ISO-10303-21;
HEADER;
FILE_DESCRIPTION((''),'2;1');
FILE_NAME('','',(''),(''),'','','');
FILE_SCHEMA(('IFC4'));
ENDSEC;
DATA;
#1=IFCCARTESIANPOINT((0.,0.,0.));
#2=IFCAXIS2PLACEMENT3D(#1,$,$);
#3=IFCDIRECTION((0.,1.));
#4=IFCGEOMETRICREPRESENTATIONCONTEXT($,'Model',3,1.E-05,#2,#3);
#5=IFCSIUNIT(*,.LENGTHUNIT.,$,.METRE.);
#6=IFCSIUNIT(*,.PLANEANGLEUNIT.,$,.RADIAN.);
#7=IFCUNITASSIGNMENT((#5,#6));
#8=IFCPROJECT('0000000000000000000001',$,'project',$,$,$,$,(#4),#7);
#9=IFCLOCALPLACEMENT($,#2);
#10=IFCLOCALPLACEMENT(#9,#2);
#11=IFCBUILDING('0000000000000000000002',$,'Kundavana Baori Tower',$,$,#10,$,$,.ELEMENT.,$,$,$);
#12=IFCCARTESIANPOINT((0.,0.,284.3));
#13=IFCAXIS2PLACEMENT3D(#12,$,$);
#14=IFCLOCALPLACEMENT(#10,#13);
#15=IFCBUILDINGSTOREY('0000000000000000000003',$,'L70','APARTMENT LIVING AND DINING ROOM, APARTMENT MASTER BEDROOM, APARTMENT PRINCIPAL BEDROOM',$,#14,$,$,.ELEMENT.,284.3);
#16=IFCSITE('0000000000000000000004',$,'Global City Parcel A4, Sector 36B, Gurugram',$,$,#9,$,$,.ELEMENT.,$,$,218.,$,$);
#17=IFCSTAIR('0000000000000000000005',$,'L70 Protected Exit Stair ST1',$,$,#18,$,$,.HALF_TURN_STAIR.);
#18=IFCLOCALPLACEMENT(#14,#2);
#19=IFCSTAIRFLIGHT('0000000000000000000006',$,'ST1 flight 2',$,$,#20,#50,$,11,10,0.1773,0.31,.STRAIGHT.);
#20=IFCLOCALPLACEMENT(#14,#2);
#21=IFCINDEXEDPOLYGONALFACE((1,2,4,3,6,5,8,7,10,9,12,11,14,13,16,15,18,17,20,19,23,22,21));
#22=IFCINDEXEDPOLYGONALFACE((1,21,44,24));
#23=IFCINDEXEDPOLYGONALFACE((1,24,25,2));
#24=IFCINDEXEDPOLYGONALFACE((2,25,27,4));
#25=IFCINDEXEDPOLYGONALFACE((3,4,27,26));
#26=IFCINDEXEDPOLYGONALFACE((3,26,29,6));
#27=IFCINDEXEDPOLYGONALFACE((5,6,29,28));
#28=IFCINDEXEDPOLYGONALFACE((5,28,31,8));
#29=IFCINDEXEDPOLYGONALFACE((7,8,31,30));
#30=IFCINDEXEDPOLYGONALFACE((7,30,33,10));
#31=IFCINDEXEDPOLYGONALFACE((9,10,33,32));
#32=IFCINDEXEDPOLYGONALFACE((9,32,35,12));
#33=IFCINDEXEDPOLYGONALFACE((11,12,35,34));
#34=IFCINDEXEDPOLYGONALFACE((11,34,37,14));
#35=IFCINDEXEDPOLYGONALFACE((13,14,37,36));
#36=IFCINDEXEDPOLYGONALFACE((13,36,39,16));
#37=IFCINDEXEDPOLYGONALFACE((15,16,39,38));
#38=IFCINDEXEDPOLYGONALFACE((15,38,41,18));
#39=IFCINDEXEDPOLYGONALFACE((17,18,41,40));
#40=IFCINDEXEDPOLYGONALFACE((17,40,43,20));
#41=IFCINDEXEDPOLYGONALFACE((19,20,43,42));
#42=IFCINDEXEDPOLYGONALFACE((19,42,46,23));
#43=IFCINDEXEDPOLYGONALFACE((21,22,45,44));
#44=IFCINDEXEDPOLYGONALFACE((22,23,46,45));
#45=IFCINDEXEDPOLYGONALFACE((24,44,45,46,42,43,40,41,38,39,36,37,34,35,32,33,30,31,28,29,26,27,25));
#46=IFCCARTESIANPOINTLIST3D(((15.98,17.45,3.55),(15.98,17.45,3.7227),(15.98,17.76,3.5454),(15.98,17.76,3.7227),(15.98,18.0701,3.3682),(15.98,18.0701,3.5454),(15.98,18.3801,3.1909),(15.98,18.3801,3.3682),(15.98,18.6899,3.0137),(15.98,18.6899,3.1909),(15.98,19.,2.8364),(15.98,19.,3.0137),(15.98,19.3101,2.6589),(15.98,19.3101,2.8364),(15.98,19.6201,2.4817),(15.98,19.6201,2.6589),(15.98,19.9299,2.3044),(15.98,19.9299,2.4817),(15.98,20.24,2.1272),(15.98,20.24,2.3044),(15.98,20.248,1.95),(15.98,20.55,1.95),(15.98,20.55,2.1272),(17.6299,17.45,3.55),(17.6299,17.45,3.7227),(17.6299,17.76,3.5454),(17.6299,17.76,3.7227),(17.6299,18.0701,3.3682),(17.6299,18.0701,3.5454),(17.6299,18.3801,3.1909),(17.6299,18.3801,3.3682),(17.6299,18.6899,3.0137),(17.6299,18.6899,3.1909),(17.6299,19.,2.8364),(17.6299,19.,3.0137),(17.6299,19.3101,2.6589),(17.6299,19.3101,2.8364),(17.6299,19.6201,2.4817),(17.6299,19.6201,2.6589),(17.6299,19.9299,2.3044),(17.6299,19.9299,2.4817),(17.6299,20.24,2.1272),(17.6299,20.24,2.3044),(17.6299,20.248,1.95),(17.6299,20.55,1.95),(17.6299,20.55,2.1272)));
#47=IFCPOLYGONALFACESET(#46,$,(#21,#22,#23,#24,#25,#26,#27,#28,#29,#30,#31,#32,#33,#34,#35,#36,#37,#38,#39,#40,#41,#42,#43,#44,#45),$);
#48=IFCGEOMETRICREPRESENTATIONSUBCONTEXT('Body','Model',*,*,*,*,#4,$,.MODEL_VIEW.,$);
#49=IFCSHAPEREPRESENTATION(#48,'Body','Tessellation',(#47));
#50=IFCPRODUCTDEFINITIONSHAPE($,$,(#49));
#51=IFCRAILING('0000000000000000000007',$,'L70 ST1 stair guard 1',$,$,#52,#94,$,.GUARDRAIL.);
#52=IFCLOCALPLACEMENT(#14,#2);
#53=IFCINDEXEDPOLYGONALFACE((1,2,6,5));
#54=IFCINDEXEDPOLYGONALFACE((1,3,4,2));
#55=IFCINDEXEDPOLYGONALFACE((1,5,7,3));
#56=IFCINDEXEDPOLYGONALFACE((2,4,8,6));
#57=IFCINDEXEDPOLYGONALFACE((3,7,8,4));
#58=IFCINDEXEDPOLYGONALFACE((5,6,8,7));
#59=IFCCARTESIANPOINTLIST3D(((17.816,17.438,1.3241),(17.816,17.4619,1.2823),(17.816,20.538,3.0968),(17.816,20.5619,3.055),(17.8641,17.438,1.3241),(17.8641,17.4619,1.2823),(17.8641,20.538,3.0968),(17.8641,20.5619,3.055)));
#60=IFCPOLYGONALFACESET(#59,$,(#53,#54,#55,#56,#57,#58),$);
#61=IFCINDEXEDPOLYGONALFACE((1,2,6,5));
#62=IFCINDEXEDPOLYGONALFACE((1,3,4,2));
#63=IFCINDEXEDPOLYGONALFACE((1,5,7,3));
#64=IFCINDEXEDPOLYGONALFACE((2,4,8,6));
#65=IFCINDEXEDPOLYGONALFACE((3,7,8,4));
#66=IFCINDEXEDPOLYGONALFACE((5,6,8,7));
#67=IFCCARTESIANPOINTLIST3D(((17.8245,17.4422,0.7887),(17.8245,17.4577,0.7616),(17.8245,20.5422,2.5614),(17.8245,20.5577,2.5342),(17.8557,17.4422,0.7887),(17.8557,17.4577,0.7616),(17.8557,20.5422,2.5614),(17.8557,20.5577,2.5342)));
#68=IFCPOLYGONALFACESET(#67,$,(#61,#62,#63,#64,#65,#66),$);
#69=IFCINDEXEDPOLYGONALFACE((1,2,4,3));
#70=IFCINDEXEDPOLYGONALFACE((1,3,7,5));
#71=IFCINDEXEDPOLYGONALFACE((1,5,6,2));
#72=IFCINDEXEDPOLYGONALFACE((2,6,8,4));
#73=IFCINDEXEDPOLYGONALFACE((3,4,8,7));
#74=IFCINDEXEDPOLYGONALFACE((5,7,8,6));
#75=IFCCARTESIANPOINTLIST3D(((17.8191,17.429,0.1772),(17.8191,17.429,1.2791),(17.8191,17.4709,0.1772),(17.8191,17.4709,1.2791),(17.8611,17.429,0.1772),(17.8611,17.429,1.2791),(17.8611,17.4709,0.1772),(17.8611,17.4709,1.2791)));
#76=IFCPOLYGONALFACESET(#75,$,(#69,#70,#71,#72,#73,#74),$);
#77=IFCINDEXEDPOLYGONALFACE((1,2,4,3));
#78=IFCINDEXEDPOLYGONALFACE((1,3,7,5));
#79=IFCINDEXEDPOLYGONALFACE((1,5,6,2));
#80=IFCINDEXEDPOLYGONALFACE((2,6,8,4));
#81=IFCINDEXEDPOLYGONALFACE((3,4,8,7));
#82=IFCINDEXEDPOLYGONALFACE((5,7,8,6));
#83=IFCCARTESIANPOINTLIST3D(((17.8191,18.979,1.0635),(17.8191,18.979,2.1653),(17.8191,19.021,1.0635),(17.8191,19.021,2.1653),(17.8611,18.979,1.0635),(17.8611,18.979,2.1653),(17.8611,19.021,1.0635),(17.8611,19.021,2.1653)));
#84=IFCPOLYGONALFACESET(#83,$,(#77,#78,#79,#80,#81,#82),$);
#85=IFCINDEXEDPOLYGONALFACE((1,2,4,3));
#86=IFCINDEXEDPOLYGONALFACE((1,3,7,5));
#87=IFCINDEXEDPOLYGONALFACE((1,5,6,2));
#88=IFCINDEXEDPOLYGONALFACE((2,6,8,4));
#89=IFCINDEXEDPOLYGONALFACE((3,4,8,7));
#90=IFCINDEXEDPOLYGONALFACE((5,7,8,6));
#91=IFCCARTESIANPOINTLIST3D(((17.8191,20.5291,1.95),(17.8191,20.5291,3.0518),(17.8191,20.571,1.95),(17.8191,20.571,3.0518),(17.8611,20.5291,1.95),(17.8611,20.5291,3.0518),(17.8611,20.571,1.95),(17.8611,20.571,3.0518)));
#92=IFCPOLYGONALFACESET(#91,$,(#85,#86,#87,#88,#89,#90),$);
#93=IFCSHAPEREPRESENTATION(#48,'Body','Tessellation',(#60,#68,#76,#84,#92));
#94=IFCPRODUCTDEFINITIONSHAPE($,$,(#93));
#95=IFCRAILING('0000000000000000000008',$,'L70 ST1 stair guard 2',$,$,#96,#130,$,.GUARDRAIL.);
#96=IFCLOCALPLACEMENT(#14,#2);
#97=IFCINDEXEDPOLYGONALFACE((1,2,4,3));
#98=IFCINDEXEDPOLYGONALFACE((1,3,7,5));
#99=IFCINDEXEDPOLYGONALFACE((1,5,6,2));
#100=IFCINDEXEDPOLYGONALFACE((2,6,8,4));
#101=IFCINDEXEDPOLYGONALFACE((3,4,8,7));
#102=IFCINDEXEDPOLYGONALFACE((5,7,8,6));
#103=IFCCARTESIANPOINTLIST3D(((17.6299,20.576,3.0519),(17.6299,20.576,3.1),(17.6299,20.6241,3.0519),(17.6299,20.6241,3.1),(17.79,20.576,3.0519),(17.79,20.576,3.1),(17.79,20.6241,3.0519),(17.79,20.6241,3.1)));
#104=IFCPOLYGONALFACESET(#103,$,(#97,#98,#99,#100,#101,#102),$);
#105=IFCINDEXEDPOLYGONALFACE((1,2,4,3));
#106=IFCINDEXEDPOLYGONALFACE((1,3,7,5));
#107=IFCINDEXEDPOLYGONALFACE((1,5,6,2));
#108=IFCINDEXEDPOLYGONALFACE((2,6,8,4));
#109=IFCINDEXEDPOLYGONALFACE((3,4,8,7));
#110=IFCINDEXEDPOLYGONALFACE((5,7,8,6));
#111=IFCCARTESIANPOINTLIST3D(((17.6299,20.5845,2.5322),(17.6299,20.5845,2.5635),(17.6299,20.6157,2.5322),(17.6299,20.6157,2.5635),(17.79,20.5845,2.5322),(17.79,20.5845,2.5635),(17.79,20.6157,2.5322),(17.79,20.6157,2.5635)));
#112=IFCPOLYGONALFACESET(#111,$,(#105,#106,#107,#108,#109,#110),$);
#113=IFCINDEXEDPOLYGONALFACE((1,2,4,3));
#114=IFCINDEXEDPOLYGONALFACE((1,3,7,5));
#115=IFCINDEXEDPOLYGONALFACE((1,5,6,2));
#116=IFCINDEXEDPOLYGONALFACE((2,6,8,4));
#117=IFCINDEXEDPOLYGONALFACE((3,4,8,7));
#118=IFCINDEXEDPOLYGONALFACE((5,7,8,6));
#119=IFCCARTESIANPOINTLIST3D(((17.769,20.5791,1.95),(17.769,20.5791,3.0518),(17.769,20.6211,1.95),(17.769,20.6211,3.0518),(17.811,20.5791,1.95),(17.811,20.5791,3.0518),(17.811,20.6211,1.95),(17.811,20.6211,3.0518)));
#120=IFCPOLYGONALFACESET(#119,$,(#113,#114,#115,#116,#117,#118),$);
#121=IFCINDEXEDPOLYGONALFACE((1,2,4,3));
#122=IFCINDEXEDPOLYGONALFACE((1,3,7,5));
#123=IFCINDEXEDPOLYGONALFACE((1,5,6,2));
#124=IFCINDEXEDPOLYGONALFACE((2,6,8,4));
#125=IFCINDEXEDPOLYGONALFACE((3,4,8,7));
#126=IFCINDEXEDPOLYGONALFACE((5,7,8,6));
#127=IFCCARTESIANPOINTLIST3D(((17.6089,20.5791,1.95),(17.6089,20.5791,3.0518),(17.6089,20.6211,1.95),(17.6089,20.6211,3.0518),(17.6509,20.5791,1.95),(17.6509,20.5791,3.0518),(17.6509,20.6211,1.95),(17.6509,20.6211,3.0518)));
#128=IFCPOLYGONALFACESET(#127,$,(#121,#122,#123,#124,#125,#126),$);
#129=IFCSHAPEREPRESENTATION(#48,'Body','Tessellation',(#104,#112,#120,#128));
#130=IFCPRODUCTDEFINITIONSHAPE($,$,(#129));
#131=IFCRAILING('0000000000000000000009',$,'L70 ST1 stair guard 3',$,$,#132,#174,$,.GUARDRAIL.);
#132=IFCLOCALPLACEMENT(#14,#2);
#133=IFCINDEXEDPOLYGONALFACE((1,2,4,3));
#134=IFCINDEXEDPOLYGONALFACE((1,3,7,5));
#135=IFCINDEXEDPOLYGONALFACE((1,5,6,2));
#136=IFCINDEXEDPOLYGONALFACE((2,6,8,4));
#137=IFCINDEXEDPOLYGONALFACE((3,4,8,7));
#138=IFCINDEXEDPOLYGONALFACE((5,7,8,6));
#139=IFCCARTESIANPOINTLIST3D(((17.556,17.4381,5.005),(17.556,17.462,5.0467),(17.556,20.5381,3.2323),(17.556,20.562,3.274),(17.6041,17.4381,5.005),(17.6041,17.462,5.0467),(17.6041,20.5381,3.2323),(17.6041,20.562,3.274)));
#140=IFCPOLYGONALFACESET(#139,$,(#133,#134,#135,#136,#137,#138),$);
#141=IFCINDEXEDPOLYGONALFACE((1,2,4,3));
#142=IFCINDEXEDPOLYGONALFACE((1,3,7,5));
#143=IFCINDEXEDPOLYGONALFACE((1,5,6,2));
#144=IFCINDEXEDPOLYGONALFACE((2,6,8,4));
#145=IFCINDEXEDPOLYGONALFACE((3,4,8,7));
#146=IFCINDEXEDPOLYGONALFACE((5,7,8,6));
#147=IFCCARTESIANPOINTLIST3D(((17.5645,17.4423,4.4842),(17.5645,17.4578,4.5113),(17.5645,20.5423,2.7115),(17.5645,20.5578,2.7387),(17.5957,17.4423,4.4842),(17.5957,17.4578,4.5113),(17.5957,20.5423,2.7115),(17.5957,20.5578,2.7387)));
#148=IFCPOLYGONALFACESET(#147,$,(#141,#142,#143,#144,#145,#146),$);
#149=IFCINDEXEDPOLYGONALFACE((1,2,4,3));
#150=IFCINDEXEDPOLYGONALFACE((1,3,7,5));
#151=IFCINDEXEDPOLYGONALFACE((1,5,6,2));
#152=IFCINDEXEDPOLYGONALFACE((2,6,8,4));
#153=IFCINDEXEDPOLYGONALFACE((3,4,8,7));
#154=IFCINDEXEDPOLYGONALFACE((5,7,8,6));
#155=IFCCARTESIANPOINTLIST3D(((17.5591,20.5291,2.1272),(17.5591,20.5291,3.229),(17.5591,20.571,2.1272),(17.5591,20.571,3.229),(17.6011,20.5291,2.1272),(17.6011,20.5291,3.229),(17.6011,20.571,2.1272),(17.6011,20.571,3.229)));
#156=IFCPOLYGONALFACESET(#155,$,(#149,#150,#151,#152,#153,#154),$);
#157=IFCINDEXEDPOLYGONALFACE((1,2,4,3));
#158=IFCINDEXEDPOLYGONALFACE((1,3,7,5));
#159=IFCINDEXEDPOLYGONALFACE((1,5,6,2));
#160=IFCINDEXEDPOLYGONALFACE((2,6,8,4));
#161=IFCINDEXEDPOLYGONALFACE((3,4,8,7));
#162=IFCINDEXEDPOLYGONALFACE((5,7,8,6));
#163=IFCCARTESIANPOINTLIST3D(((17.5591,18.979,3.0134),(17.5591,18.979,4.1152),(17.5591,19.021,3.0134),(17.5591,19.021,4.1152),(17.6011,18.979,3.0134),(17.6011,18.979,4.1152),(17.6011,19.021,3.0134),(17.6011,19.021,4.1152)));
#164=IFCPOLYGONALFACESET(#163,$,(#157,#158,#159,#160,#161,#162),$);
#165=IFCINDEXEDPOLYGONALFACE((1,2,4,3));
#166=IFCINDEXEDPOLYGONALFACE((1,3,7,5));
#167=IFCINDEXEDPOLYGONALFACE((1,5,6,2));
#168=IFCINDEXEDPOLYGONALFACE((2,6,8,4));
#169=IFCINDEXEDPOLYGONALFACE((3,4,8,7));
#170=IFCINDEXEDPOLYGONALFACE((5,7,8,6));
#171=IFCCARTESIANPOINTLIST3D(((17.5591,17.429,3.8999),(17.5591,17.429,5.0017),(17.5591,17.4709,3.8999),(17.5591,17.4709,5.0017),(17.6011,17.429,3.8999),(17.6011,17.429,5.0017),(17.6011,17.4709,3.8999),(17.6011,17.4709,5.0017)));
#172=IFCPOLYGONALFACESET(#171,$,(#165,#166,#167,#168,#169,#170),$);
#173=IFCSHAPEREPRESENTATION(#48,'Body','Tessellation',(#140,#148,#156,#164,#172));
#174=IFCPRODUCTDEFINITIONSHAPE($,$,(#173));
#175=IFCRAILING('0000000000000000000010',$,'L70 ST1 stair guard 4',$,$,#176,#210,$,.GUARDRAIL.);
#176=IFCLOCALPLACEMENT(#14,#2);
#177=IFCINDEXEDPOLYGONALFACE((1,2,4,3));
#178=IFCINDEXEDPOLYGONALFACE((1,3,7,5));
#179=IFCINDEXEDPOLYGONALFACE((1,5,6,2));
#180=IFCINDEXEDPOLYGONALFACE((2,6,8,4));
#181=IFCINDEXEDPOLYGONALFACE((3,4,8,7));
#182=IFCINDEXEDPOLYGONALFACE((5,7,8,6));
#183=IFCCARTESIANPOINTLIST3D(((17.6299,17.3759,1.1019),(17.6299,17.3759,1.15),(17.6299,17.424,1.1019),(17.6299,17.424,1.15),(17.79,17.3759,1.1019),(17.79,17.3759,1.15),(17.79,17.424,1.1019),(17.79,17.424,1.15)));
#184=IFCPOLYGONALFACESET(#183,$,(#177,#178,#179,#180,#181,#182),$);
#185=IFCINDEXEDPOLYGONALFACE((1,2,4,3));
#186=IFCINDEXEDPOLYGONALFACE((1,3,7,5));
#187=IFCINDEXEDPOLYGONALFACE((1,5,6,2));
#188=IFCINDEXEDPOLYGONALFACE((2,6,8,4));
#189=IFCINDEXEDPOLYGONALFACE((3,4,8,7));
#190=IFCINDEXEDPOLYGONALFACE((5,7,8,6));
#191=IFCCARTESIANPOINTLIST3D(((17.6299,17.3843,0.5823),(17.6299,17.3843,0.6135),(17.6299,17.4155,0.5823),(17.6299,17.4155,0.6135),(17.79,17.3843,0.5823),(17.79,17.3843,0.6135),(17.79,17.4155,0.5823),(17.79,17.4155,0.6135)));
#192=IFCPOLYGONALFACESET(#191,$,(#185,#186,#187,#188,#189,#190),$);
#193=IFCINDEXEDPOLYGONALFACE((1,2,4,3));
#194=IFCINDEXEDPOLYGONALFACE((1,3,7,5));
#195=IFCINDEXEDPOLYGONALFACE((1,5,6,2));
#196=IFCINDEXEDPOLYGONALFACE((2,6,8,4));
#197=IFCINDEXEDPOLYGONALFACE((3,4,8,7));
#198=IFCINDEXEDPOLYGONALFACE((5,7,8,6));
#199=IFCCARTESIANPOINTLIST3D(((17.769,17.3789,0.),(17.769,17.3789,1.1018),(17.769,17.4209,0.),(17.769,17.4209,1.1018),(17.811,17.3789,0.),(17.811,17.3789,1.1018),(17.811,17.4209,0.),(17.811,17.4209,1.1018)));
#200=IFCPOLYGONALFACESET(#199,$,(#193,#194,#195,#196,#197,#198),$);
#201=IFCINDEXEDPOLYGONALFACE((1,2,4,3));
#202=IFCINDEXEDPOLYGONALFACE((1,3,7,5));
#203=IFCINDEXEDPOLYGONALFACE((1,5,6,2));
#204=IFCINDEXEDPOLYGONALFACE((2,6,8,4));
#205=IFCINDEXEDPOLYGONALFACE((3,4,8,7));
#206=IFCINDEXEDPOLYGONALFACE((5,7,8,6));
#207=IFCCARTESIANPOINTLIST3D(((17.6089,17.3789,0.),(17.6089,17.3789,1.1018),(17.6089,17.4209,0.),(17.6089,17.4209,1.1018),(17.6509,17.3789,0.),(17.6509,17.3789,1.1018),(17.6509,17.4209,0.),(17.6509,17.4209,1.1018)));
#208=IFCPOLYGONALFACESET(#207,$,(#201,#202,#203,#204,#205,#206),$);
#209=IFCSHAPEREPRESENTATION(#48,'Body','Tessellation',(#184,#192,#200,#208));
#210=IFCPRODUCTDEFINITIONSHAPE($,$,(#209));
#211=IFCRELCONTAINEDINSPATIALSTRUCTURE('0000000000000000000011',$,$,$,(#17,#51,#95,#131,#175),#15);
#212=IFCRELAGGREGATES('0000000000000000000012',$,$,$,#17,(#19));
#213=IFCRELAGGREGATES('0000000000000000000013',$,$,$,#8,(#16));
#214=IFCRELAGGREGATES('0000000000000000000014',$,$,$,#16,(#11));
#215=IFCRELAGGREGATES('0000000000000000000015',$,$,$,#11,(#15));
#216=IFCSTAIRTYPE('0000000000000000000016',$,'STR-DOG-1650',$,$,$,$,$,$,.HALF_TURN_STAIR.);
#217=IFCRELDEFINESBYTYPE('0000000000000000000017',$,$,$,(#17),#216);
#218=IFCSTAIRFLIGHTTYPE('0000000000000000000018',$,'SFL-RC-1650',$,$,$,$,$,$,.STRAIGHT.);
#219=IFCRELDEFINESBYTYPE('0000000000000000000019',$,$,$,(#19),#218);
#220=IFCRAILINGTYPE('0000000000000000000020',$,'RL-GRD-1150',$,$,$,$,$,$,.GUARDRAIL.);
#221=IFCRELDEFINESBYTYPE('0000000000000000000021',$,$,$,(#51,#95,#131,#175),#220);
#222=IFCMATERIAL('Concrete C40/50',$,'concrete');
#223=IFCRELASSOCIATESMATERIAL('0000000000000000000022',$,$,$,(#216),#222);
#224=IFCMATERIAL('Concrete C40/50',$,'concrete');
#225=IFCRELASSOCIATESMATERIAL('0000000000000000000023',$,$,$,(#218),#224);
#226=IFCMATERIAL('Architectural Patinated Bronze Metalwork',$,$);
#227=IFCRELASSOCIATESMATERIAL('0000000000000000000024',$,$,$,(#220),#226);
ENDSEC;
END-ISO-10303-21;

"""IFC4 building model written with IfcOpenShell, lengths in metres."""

from ifc_helpers import new_model, si_unit, direction, frame, origin, origin_2d, place, context, subcontext, project, spatial, polyline, rectangle, outline, extrude, material, type_object, element, aggregate, save


model = new_model("IFC4")

# Units and contexts
model_context = context("Model", 3, precision=1e-05, world=origin(), true_north=direction((0.0, 1.0)))
body_context = subcontext(model_context, "Body", "Model", "MODEL_VIEW")
ifc_project = project(units=[si_unit("LENGTHUNIT", "METRE"), si_unit("PLANEANGLEUNIT", "RADIAN")], contexts=[model_context])

# Site, building, storey
site_placement = place(None, origin())
site = spatial("IfcSite", under=ifc_project, at=site_placement, Name="Global City Parcel A4, Sector 36B, Gurugram", CompositionType="ELEMENT", RefElevation=218.0)
building_placement = place(site_placement, origin())
building = spatial("IfcBuilding", under=site, at=building_placement, Name="Kundavana Baori Tower", CompositionType="ELEMENT")
storey_placement = place(building_placement, frame((0.0, 0.0, 284.3)))
storey = spatial("IfcBuildingStorey", under=building, at=storey_placement, Name="L70", Description="APARTMENT LIVING AND DINING ROOM, APARTMENT MASTER BEDROOM, APARTMENT PRINCIPAL BEDROOM", CompositionType="ELEMENT", Elevation=284.3)

# Stair, stair flight
ifc_material_1 = material(Name="Concrete C40/50", Category="concrete")
stair_type = type_object("IfcStairType", Name="STR-DOG-1650", PredefinedType="HALF_TURN_STAIR", material=ifc_material_1)
stair_placement = place(storey_placement, origin())
stair = element("IfcStair", 1, at=stair_placement, inside=storey, type_object=stair_type, Name="L70 Protected Exit Stair ST1", PredefinedType="HALF_TURN_STAIR")
ifc_material_2 = material(Name="Concrete C40/50", Category="concrete")
stair_flight_type = type_object("IfcStairFlightType", Name="SFL-RC-1650", PredefinedType="STRAIGHT", material=ifc_material_2)
stair_flight_1_placement = place(storey_placement, frame((16.8049, 20.55, 1.95), z_axis=(0.0, 0.0, 1.0), x_axis=(0.0, -1.0, 0.0)))
stair_flight_1 = element("IfcStairFlight", 2, at=stair_flight_1_placement, type_object=stair_flight_type, Name="ST1 flight 2", NumberOfRisers=11, NumberOfTreads=10, PredefinedType="STRAIGHT", RiserHeight=0.1773, TreadLength=0.31, context=body_context, shape_type="SweptSolid", body=[
    extrude(outline(polyline([(0.0, 0.0), (0.0, 0.1772), (0.3101, 0.1772), (0.3101, 0.3545), (0.6201, 0.3545), (0.6201, 0.5317), (0.9299, 0.5317), (0.9299, 0.709), (1.24, 0.709), (1.24, 0.8865), (1.55, 0.8865), (1.55, 1.0637), (1.8601, 1.0637), (1.8601, 1.241), (2.1699, 1.241), (2.1699, 1.4182), (2.48, 1.4182), (2.48, 1.5955), (2.79, 1.5955), (2.79, 1.7727), (3.1001, 1.7727), (3.1001, 1.95), (3.1001, 1.6001), (0.302, 0.0), (0.0, 0.0)])), frame((0.0, 0.825, 0.0), z_axis=(0.0, -1.0, 0.0), x_axis=(1.0, 0.0, 0.0)), (0.0, 0.0, 1.0), 1.6499),
])
aggregate(stair, [stair_flight_1])

# Railings
ifc_material_3 = material(Name="Architectural Patinated Bronze Metalwork")
railing_type_1 = type_object("IfcRailingType", Name="RL-GRD-1150", PredefinedType="GUARDRAIL", material=ifc_material_3)
railing_1_placement = place(storey_placement, frame((17.8401, 17.45, 0.1772)))
element("IfcRailing", 3, at=railing_1_placement, inside=storey, type_object=railing_type_1, Name="L70 ST1 stair guard 1", PredefinedType="GUARDRAIL", context=body_context, shape_type="SweptSolid", body=[
    extrude(rectangle(XDim=0.0481, YDim=0.0481, at=origin_2d()), frame((0.0, 0.0, 1.126), z_axis=(0.0, 0.868096, 0.496397), x_axis=(-1.0, 0.0, 0.0)), (0.0, 0.0, 1.0), 3.571),
    extrude(rectangle(XDim=0.0312, YDim=0.0312, at=origin_2d()), frame((0.0, 0.0, 0.5979), z_axis=(0.0, 0.868096, 0.496397), x_axis=(-1.0, 0.0, 0.0)), (0.0, 0.0, 1.0), 3.571),
    extrude(rectangle(XDim=0.042, YDim=0.042, at=origin_2d()), origin(), (0.0, 0.0, 1.0), 1.1018),
    extrude(rectangle(XDim=0.042, YDim=0.042, at=origin_2d()), frame((0.0, 1.55, 0.8862)), (0.0, 0.0, 1.0), 1.1018),
    extrude(rectangle(XDim=0.042, YDim=0.042, at=origin_2d()), frame((0.0, 3.1001, 1.7727)), (0.0, 0.0, 1.0), 1.1018),
])
railing_2_placement = place(storey_placement, frame((17.79, 20.6001, 1.95)))
element("IfcRailing", 4, at=railing_2_placement, inside=storey, type_object=railing_type_1, Name="L70 ST1 stair guard 2", PredefinedType="GUARDRAIL", context=body_context, shape_type="SweptSolid", body=[
    extrude(rectangle(XDim=0.0481, YDim=0.0481, at=origin_2d()), frame((0.0, 0.0, 1.126), z_axis=(-1.0, 0.0, 0.0), x_axis=(0.0, -1.0, 0.0)), (0.0, 0.0, 1.0), 0.1602),
    extrude(rectangle(XDim=0.0312, YDim=0.0312, at=origin_2d()), frame((0.0, 0.0, 0.5979), z_axis=(-1.0, 0.0, 0.0), x_axis=(0.0, -1.0, 0.0)), (0.0, 0.0, 1.0), 0.1602),
    extrude(rectangle(XDim=0.042, YDim=0.042, at=origin_2d()), origin(), (0.0, 0.0, 1.0), 1.1018),
    extrude(rectangle(XDim=0.042, YDim=0.042, at=origin_2d()), frame((-0.1602, 0.0, 0.0)), (0.0, 0.0, 1.0), 1.1018),
])
railing_3_placement = place(storey_placement, frame((17.5801, 20.55, 2.1272)))
element("IfcRailing", 5, at=railing_3_placement, inside=storey, type_object=railing_type_1, Name="L70 ST1 stair guard 3", PredefinedType="GUARDRAIL", context=body_context, shape_type="SweptSolid", body=[
    extrude(rectangle(XDim=0.0481, YDim=0.0481, at=origin_2d()), frame((0.0, 0.0, 1.126), z_axis=(0.0, -0.868096, 0.496397), x_axis=(1.0, 0.0, 0.0)), (0.0, 0.0, 1.0), 3.571),
    extrude(rectangle(XDim=0.0312, YDim=0.0312, at=origin_2d()), frame((0.0, 0.0, 0.5979), z_axis=(0.0, -0.868096, 0.496397), x_axis=(1.0, 0.0, 0.0)), (0.0, 0.0, 1.0), 3.571),
    extrude(rectangle(XDim=0.042, YDim=0.042, at=origin_2d()), origin(), (0.0, 0.0, 1.0), 1.1018),
    extrude(rectangle(XDim=0.042, YDim=0.042, at=origin_2d()), frame((0.0, -1.55, 0.8862)), (0.0, 0.0, 1.0), 1.1018),
    extrude(rectangle(XDim=0.042, YDim=0.042, at=origin_2d()), frame((0.0, -3.1001, 1.7727)), (0.0, 0.0, 1.0), 1.1018),
])
railing_4_placement = place(storey_placement, frame((17.79, 17.3999, 0.0)))
element("IfcRailing", 6, at=railing_4_placement, inside=storey, type_object=railing_type_1, Name="L70 ST1 stair guard 4", PredefinedType="GUARDRAIL", context=body_context, shape_type="SweptSolid", body=[
    extrude(rectangle(XDim=0.0481, YDim=0.0481, at=origin_2d()), frame((0.0, 0.0, 1.126), z_axis=(-1.0, 0.0, 0.0), x_axis=(0.0, -1.0, 0.0)), (0.0, 0.0, 1.0), 0.1602),
    extrude(rectangle(XDim=0.0312, YDim=0.0312, at=origin_2d()), frame((0.0, 0.0, 0.5979), z_axis=(-1.0, 0.0, 0.0), x_axis=(0.0, -1.0, 0.0)), (0.0, 0.0, 1.0), 0.1602),
    extrude(rectangle(XDim=0.042, YDim=0.042, at=origin_2d()), origin(), (0.0, 0.0, 1.0), 1.1018),
    extrude(rectangle(XDim=0.042, YDim=0.042, at=origin_2d()), frame((-0.1602, 0.0, 0.0)), (0.0, 0.0, 1.0), 1.1018),
])

save(model, "model.ifc")
